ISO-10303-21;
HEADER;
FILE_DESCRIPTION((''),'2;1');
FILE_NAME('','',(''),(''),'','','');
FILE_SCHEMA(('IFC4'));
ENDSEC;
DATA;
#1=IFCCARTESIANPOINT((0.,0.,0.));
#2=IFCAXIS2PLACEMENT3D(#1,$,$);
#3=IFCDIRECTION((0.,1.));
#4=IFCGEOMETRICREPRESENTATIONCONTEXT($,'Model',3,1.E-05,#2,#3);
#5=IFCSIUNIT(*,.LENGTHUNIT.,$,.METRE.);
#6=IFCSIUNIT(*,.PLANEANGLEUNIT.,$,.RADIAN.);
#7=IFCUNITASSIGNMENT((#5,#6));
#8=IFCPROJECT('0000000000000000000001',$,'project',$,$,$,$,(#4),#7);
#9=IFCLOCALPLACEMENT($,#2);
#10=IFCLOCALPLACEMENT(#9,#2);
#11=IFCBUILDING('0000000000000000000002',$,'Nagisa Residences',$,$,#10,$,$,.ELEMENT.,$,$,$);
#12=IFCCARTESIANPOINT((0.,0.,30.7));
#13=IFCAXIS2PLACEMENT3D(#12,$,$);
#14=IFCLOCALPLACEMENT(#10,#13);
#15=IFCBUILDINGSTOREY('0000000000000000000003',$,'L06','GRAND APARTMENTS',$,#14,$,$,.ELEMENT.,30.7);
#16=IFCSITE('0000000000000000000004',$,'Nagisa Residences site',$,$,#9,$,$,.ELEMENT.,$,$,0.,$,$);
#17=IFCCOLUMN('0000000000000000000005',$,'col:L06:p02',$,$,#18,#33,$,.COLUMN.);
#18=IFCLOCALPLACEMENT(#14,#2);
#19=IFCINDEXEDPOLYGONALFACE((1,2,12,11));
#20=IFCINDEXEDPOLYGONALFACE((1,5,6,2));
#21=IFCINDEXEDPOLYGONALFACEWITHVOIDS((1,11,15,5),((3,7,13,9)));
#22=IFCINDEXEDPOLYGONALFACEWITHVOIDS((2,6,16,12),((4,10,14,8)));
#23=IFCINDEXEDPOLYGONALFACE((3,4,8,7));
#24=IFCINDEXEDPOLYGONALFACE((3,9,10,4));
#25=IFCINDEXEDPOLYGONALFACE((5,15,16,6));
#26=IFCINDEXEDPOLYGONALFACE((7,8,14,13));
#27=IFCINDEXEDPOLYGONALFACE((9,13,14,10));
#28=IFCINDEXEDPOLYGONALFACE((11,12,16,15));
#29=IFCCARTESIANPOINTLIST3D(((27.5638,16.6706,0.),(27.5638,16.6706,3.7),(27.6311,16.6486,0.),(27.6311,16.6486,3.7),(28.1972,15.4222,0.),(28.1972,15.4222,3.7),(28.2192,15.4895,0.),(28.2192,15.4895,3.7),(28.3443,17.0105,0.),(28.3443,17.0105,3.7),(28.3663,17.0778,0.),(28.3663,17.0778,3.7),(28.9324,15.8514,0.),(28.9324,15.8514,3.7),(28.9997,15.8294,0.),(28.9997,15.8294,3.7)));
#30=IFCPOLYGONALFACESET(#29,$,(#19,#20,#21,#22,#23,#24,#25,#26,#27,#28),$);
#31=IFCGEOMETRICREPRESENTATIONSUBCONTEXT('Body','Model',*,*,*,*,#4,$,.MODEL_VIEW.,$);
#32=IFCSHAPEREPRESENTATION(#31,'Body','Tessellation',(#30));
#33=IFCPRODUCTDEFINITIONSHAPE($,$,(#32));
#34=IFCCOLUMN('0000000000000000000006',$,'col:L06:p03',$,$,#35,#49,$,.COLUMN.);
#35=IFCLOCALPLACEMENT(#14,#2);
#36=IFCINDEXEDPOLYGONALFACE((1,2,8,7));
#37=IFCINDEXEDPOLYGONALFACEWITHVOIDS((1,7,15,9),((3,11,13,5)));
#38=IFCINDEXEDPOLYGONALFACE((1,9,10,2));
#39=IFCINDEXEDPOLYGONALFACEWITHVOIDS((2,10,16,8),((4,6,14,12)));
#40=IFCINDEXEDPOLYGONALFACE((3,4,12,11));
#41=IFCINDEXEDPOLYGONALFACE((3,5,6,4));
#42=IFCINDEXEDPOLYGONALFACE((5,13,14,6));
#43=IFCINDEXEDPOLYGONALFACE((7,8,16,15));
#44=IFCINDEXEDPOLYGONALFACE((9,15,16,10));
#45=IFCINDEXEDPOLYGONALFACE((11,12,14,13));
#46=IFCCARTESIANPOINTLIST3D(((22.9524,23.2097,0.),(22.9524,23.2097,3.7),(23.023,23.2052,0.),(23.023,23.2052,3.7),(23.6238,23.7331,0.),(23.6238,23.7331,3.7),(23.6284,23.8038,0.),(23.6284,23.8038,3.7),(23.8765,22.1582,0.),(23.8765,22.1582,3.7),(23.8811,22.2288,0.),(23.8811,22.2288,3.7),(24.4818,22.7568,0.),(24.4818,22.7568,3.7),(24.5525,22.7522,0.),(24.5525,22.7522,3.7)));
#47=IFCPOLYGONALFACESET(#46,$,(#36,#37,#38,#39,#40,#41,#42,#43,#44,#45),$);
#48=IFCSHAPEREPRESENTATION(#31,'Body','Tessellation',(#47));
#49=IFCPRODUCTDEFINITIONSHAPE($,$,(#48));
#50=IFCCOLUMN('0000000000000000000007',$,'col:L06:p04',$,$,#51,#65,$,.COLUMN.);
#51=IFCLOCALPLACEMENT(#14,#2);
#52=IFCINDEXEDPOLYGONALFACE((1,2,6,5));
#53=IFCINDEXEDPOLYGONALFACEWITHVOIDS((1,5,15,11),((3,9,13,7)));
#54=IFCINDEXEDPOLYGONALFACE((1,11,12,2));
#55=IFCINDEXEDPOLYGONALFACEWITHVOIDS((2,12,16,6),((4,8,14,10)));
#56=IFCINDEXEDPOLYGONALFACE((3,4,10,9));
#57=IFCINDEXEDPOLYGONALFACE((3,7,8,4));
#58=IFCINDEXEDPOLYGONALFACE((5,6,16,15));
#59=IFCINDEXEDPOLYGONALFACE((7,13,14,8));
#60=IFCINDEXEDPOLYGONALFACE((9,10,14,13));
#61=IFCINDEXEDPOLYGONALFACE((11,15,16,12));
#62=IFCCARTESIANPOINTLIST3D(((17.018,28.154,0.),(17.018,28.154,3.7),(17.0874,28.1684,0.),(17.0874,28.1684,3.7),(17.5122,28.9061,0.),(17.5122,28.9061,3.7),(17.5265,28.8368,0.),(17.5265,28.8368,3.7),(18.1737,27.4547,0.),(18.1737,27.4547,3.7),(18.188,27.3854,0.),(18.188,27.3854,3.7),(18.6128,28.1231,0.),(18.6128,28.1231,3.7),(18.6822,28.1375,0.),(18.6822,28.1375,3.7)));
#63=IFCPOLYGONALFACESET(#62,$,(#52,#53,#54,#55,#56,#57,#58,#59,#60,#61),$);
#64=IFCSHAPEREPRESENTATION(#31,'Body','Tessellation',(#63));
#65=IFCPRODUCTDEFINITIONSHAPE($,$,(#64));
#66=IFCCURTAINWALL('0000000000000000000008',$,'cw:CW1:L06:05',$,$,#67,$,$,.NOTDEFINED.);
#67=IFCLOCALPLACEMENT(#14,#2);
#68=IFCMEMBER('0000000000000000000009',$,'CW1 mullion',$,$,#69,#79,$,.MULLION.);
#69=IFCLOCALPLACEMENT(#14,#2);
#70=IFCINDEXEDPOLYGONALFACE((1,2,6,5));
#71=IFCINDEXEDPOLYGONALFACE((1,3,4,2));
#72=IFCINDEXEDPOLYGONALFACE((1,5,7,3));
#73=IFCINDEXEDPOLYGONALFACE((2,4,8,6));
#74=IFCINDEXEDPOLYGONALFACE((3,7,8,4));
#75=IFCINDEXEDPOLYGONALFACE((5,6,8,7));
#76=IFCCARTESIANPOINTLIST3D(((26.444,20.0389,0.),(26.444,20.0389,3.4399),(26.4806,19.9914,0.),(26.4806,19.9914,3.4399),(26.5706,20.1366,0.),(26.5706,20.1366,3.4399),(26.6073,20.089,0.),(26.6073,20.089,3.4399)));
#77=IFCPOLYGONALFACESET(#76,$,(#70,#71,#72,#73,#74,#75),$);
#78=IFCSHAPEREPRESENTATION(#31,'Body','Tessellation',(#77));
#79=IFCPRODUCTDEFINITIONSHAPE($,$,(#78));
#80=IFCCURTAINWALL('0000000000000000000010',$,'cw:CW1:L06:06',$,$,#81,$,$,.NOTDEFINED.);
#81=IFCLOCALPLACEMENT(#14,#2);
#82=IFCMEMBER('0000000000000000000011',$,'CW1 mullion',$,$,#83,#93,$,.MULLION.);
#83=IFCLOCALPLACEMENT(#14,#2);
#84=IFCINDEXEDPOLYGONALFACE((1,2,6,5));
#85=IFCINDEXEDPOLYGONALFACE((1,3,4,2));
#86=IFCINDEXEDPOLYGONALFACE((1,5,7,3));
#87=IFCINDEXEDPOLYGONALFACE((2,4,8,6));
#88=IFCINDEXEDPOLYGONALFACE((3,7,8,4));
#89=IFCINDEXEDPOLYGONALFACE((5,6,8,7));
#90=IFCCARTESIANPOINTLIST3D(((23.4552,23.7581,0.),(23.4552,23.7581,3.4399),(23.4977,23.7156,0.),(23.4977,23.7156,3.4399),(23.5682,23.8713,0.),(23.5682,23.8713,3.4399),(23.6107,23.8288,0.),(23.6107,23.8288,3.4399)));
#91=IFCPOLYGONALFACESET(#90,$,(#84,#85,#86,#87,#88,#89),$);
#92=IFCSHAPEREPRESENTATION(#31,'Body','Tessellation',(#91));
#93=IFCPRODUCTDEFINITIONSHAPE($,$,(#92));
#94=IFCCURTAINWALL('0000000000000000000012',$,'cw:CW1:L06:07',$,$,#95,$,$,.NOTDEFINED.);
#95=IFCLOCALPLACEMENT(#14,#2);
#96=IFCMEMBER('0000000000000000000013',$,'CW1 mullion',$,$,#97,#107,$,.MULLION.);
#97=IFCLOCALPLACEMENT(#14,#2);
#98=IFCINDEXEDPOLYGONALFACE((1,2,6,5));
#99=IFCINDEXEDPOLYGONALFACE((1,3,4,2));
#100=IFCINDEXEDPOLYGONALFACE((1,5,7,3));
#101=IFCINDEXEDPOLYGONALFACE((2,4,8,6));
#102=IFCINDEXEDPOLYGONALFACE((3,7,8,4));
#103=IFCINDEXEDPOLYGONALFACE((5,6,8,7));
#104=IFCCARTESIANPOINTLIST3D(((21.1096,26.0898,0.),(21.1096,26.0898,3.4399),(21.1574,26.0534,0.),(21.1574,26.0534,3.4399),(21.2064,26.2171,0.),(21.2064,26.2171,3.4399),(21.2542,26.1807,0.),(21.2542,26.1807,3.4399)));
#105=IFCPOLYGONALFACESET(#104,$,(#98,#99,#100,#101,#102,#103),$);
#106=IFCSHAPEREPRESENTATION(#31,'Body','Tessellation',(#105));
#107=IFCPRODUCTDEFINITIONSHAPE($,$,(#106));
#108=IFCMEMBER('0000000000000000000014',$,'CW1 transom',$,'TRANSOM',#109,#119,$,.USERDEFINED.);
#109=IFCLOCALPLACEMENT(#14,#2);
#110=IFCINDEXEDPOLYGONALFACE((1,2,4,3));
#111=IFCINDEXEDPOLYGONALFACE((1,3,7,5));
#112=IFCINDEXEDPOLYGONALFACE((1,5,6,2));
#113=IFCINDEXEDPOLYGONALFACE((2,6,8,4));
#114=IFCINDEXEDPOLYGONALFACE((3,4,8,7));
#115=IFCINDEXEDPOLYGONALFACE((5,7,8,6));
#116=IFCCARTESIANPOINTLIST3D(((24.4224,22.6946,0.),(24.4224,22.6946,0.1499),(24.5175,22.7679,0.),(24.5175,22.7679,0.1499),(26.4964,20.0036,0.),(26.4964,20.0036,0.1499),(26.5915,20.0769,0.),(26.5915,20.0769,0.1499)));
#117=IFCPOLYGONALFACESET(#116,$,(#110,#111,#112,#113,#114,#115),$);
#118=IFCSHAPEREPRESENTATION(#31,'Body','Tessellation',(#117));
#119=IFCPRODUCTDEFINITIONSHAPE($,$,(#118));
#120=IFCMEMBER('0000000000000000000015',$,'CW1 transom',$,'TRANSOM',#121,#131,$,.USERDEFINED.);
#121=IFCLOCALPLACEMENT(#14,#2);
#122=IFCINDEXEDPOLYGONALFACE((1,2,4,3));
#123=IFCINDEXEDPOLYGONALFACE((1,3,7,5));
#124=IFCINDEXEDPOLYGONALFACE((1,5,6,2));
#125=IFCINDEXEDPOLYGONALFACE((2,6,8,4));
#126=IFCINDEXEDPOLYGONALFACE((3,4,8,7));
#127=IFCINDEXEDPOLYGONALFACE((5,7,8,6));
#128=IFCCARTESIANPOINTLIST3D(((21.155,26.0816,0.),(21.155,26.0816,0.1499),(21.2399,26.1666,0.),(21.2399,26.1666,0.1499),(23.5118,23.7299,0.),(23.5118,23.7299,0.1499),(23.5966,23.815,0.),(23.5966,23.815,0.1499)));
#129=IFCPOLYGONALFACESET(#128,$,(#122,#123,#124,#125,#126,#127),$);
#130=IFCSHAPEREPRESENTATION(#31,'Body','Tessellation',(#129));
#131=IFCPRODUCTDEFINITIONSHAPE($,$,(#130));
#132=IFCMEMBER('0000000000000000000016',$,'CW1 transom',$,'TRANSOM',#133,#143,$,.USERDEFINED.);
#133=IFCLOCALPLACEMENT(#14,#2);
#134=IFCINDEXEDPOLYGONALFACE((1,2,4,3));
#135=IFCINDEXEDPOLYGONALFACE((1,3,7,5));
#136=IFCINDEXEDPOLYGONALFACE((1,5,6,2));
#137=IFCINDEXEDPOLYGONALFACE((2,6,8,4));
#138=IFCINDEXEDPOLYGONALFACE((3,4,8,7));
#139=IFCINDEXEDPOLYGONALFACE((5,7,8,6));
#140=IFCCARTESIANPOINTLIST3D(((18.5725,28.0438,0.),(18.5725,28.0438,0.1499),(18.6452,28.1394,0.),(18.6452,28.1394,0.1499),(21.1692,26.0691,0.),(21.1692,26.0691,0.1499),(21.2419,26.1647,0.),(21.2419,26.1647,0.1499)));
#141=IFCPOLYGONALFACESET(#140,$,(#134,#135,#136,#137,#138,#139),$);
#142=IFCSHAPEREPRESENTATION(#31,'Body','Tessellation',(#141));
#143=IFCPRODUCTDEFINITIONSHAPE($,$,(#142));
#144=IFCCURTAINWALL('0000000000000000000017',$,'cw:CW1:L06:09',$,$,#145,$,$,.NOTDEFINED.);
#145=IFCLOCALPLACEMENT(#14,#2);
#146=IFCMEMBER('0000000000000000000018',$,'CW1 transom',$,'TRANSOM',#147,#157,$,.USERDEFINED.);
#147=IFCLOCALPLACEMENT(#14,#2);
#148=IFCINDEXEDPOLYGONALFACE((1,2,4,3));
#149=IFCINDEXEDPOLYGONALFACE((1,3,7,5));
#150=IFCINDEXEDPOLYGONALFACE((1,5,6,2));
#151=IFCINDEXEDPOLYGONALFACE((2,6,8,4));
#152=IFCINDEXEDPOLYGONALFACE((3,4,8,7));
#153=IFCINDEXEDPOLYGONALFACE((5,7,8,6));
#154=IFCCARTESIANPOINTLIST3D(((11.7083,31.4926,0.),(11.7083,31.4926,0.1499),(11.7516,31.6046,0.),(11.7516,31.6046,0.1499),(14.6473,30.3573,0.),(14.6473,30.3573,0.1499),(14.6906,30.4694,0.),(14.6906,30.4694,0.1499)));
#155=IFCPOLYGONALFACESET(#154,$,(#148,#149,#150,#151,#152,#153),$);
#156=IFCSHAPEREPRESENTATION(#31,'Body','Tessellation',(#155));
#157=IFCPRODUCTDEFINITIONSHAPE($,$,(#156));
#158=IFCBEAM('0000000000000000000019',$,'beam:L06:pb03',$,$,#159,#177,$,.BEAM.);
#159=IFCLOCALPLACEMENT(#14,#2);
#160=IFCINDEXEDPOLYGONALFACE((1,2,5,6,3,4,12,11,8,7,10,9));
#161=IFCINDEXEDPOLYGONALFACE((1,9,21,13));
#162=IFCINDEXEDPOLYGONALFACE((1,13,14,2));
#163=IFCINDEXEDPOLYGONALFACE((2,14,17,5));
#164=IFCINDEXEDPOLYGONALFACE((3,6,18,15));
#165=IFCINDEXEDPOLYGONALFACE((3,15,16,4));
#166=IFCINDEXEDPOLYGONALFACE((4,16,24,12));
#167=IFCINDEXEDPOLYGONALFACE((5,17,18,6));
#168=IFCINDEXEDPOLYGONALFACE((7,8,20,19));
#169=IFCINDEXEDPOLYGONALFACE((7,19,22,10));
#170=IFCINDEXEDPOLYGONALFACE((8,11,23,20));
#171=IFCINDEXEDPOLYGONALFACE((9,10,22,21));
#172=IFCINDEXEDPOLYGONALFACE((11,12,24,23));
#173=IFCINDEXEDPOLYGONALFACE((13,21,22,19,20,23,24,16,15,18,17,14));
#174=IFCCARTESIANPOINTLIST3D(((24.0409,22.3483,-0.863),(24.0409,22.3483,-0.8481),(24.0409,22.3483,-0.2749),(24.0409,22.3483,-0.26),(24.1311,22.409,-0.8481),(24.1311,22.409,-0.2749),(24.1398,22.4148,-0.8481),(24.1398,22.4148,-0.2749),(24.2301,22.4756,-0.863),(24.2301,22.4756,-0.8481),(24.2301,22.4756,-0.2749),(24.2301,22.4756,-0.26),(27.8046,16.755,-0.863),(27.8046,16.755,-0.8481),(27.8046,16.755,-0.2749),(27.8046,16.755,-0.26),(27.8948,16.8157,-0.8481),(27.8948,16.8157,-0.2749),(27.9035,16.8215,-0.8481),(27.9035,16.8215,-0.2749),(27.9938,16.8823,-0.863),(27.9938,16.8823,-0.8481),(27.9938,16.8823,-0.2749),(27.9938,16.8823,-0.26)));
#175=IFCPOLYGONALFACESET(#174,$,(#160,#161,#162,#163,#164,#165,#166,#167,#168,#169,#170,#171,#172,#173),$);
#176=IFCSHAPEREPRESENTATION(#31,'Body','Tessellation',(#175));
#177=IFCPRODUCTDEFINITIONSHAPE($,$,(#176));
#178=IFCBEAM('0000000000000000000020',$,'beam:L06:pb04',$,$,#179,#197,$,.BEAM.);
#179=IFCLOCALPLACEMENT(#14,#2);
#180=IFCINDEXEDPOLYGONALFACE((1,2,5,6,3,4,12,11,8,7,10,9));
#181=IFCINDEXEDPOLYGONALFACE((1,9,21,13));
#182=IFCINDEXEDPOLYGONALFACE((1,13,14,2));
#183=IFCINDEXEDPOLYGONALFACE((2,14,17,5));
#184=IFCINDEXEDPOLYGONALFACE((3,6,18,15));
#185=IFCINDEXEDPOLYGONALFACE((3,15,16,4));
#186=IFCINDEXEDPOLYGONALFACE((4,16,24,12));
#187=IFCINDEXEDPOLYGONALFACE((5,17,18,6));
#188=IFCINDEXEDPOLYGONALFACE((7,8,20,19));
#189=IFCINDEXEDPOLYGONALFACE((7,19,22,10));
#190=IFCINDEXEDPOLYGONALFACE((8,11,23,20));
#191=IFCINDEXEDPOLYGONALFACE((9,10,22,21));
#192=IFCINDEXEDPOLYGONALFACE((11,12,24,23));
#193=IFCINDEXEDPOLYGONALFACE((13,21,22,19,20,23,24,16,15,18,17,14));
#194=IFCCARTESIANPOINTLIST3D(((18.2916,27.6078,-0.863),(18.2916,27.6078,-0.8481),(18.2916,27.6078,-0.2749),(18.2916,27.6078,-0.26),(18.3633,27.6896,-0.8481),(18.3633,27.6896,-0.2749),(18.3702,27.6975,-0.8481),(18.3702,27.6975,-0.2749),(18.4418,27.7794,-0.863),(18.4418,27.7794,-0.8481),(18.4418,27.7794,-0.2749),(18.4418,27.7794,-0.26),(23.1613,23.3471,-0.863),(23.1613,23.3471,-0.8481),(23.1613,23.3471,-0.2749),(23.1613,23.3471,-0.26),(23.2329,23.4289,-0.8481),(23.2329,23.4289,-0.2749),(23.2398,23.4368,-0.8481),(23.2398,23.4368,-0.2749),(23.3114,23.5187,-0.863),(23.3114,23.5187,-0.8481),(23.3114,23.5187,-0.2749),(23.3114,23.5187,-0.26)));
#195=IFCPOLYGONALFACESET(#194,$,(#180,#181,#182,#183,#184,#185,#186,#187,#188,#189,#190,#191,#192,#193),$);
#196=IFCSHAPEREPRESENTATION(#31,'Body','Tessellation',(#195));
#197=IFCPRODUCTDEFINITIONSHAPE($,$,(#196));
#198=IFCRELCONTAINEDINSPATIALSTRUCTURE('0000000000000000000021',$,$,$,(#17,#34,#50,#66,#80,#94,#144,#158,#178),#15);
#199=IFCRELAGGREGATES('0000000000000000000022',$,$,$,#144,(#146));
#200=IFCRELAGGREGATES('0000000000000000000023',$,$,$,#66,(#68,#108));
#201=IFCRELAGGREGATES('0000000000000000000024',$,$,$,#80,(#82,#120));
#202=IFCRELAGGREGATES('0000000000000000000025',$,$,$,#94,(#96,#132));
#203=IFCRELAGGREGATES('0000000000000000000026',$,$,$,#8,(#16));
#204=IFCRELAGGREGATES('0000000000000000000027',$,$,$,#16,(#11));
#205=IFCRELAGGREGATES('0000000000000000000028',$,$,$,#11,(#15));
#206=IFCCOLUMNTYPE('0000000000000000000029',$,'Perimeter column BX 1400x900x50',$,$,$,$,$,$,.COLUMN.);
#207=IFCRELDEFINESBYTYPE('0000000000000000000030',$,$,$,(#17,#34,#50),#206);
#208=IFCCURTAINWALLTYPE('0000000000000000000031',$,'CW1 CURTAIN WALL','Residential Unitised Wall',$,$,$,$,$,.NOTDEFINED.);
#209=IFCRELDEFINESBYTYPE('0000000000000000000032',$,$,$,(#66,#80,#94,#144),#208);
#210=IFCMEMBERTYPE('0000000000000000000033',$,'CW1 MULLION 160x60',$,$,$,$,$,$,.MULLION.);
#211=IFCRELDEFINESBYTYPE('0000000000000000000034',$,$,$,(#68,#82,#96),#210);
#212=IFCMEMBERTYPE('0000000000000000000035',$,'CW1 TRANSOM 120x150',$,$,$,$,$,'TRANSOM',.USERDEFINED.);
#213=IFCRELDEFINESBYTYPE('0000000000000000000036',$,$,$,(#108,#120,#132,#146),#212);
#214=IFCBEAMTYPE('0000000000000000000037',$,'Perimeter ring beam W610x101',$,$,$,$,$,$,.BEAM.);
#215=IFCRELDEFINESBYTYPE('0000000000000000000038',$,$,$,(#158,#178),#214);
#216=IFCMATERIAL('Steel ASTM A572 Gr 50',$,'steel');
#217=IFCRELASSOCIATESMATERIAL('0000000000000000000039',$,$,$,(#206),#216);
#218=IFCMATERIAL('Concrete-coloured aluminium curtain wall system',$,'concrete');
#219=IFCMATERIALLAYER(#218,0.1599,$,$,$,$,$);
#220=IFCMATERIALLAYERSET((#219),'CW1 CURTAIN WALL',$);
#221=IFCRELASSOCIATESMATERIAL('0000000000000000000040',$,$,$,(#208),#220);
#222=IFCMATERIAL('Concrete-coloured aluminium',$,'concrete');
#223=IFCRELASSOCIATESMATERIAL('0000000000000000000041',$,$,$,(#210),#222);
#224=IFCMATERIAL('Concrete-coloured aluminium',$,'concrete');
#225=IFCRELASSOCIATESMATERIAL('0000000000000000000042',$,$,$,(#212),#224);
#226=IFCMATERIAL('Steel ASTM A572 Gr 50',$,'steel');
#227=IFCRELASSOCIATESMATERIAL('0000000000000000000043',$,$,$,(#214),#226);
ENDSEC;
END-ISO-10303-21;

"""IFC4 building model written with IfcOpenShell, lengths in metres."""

from ifc_helpers import new_model, si_unit, direction, frame, origin, origin_2d, place, context, subcontext, project, spatial, rectangle, hollow_rectangle, i_section, extrude, material, layer, layer_set, material_profile, profile_set, type_object, element, aggregate, save


model = new_model("IFC4")

# Units and contexts
model_context = context("Model", 3, precision=1e-05, world=origin(), true_north=direction((0.0, 1.0)))
body_context = subcontext(model_context, "Body", "Model", "MODEL_VIEW")
ifc_project = project(units=[si_unit("LENGTHUNIT", "METRE"), si_unit("PLANEANGLEUNIT", "RADIAN")], contexts=[model_context])

# Site, building, storey
site_placement = place(None, origin())
site = spatial("IfcSite", under=ifc_project, at=site_placement, Name="Nagisa Residences site", CompositionType="ELEMENT", RefElevation=0.0)
building_placement = place(site_placement, origin())
building = spatial("IfcBuilding", under=site, at=building_placement, Name="Nagisa Residences", CompositionType="ELEMENT")
storey_placement = place(building_placement, frame((0.0, 0.0, 30.7)))
storey = spatial("IfcBuildingStorey", under=building, at=storey_placement, Name="L06", Description="GRAND APARTMENTS", CompositionType="ELEMENT", Elevation=30.7)

# Columns
ifc_material_1 = material(Name="Steel ASTM A572 Gr 50", Category="steel")
ifc_material_profile_1 = material_profile(ifc_material_1, hollow_rectangle(XDim=1.3999, YDim=0.8999, WallThickness=0.05, at=origin_2d()), Name="BX 1400x900x50")
ifc_profile_set_1 = profile_set([ifc_material_profile_1], Name="Steel ASTM A572 Gr 50")
column_type = type_object("IfcColumnType", Name="Perimeter column BX 1400x900x50", PredefinedType="COLUMN", material=ifc_profile_set_1)
for number, where, z_axis, x_axis, name in (
    (1, (28.2817, 16.25, 0.0), (0.0, 0.0, 1.0), (-0.452463, 0.891783, 0.0), "col:L06:p02"),
    (2, (23.7524, 22.981, 0.0), (0.0, 0.0, 1.0), (-0.660115, 0.751165, 0.0), "col:L06:p03"),
    (3, (17.8501, 28.1458, 0.0), (0.0, 0.0, 1.0), (-0.835766, 0.549086, 0.0), "col:L06:p04"),
):
    element("IfcColumn", number, at=place(storey_placement, frame(where, z_axis=z_axis, x_axis=x_axis)), inside=storey, type_object=column_type, Name=name, PredefinedType="COLUMN", context=body_context, shape_type="SweptSolid", body=[
        extrude(hollow_rectangle(XDim=1.3999, YDim=0.8999, WallThickness=0.05, at=origin_2d()), origin(), (0.0, 0.0, 1.0), 3.7),
    ])

# Curtain walls, members
ifc_material_2 = material(Name="Concrete-coloured aluminium curtain wall system", Category="concrete")
ifc_layer_1 = layer(ifc_material_2, 0.1599)
ifc_layer_set_1 = layer_set([ifc_layer_1], Name="CW1 CURTAIN WALL")
curtain_wall_type = type_object("IfcCurtainWallType", Name="CW1 CURTAIN WALL", Description="Residential Unitised Wall", PredefinedType="NOTDEFINED", material=ifc_layer_set_1)
curtain_wall_1_placement = place(storey_placement, origin())
curtain_wall_1 = element("IfcCurtainWall", 4, at=curtain_wall_1_placement, inside=storey, type_object=curtain_wall_type, Name="cw:CW1:L06:05", PredefinedType="NOTDEFINED")
ifc_material_3 = material(Name="Concrete-coloured aluminium", Category="concrete")
ifc_material_profile_2 = material_profile(ifc_material_3, rectangle(XDim=0.1599, YDim=0.0601, at=origin_2d()), Name="CW1 MULLION 160x60")
ifc_profile_set_2 = profile_set([ifc_material_profile_2], Name="Concrete-coloured aluminium")
member_type_1 = type_object("IfcMemberType", Name="CW1 MULLION 160x60", PredefinedType="MULLION", material=ifc_profile_set_2)
member_1_placement = place(storey_placement, frame((26.5256, 20.064, 0.0), z_axis=(0.0, 0.0, 1.0), x_axis=(-0.79207, -0.61043, 0.0)))
member_1 = element("IfcMember", 5, at=member_1_placement, type_object=member_type_1, Name="CW1 mullion", PredefinedType="MULLION", context=body_context, shape_type="SweptSolid", body=[
    extrude(rectangle(XDim=0.1599, YDim=0.0601, at=origin_2d()), origin(), (0.0, 0.0, 1.0), 3.4399),
])
curtain_wall_2_placement = place(storey_placement, origin())
curtain_wall_2 = element("IfcCurtainWall", 6, at=curtain_wall_2_placement, inside=storey, type_object=curtain_wall_type, Name="cw:CW1:L06:06", PredefinedType="NOTDEFINED")
member_2_placement = place(storey_placement, frame((23.533, 23.7935, 0.0), z_axis=(0.0, 0.0, 1.0), x_axis=(-0.706377, -0.707836, 0.0)))
member_2 = element("IfcMember", 7, at=member_2_placement, type_object=member_type_1, Name="CW1 mullion", PredefinedType="MULLION", context=body_context, shape_type="SweptSolid", body=[
    extrude(rectangle(XDim=0.1599, YDim=0.0601, at=origin_2d()), origin(), (0.0, 0.0, 1.0), 3.4399),
])
curtain_wall_3_placement = place(storey_placement, origin())
curtain_wall_3 = element("IfcCurtainWall", 8, at=curtain_wall_3_placement, inside=storey, type_object=curtain_wall_type, Name="cw:CW1:L06:07", PredefinedType="NOTDEFINED")
member_3_placement = place(storey_placement, frame((21.1819, 26.1353, 0.0), z_axis=(0.0, 0.0, 1.0), x_axis=(-0.605255, -0.796031, 0.0)))
member_3 = element("IfcMember", 9, at=member_3_placement, type_object=member_type_1, Name="CW1 mullion", PredefinedType="MULLION", context=body_context, shape_type="SweptSolid", body=[
    extrude(rectangle(XDim=0.1599, YDim=0.0601, at=origin_2d()), origin(), (0.0, 0.0, 1.0), 3.4399),
])

# Members
ifc_material_4 = material(Name="Concrete-coloured aluminium", Category="concrete")
ifc_material_profile_3 = material_profile(ifc_material_4, rectangle(XDim=0.1201, YDim=0.1499, at=origin_2d()), Name="CW1 TRANSOM 120x150")
ifc_profile_set_3 = profile_set([ifc_material_profile_3], Name="Concrete-coloured aluminium")
member_type_2 = type_object("IfcMemberType", Name="CW1 TRANSOM 120x150", ElementType="TRANSOM", PredefinedType="USERDEFINED", material=ifc_profile_set_3)
member_4_placement = place(storey_placement, frame((26.5439, 20.0403, 0.075), z_axis=(-0.610457, 0.792049, 0.0), x_axis=(-0.792049, -0.610457, 0.0)))
member_4 = element("IfcMember", 10, at=member_4_placement, type_object=member_type_2, Name="CW1 transom", ObjectType="TRANSOM", PredefinedType="USERDEFINED", context=body_context, shape_type="SweptSolid", body=[
    extrude(rectangle(XDim=0.1201, YDim=0.1499, at=origin_2d()), origin(), (0.0, 0.0, 1.0), 3.3975),
])
member_5_placement = place(storey_placement, frame((23.5542, 23.7725, 0.075), z_axis=(-0.707876, 0.706336, 0.0), x_axis=(-0.706336, -0.707876, 0.0)))
member_5 = element("IfcMember", 11, at=member_5_placement, type_object=member_type_2, Name="CW1 transom", ObjectType="TRANSOM", PredefinedType="USERDEFINED", context=body_context, shape_type="SweptSolid", body=[
    extrude(rectangle(XDim=0.1201, YDim=0.1499, at=origin_2d()), origin(), (0.0, 0.0, 1.0), 3.3293),
])
member_6_placement = place(storey_placement, frame((21.2056, 26.1169, 0.075), z_axis=(-0.795995, 0.605303, 0.0), x_axis=(-0.605303, -0.795995, 0.0)))
member_6 = element("IfcMember", 12, at=member_6_placement, type_object=member_type_2, Name="CW1 transom", ObjectType="TRANSOM", PredefinedType="USERDEFINED", context=body_context, shape_type="SweptSolid", body=[
    extrude(rectangle(XDim=0.1201, YDim=0.1499, at=origin_2d()), origin(), (0.0, 0.0, 1.0), 3.2622),
])

# Curtain wall, member
curtain_wall_4_placement = place(storey_placement, origin())
curtain_wall_4 = element("IfcCurtainWall", 13, at=curtain_wall_4_placement, inside=storey, type_object=curtain_wall_type, Name="cw:CW1:L06:09", PredefinedType="NOTDEFINED")
member_7_placement = place(storey_placement, frame((14.6689, 30.4133, 0.075), z_axis=(-0.932825, 0.360329, 0.0), x_axis=(-0.360329, -0.932825, 0.0)))
member_7 = element("IfcMember", 14, at=member_7_placement, type_object=member_type_2, Name="CW1 transom", ObjectType="TRANSOM", PredefinedType="USERDEFINED", context=body_context, shape_type="SweptSolid", body=[
    extrude(rectangle(XDim=0.1201, YDim=0.1499, at=origin_2d()), origin(), (0.0, 0.0, 1.0), 3.1506),
])
aggregate(curtain_wall_4, [member_7])

# Beams
ifc_material_5 = material(Name="Steel ASTM A572 Gr 50", Category="steel")
ifc_material_profile_4 = material_profile(ifc_material_5, i_section(OverallWidth=0.228, OverallDepth=0.603, WebThickness=0.0105, FlangeThickness=0.0149, at=origin_2d()), Name="W610x101")
ifc_profile_set_4 = profile_set([ifc_material_profile_4], Name="Steel ASTM A572 Gr 50")
beam_type_1 = type_object("IfcBeamType", Name="Perimeter ring beam W610x101", PredefinedType="BEAM", material=ifc_profile_set_4)
beam_1_placement = place(storey_placement, frame((27.8992, 16.8186, -0.5615), z_axis=(-0.558272, 0.829658, 0.0), x_axis=(-0.829658, -0.558272, 0.0)))
element("IfcBeam", 15, at=beam_1_placement, inside=storey, type_object=beam_type_1, Name="beam:L06:pb03", PredefinedType="BEAM", context=body_context, shape_type="SweptSolid", body=[
    extrude(i_section(OverallWidth=0.228, OverallDepth=0.603, WebThickness=0.0105, FlangeThickness=0.0149, at=origin_2d()), origin(), (0.0, 0.0, 1.0), 6.7417),
])
beam_2_placement = place(storey_placement, frame((23.2363, 23.4329, -0.5615), z_axis=(-0.752591, 0.658489, 0.0), x_axis=(-0.658489, -0.752591, 0.0)))
element("IfcBeam", 16, at=beam_2_placement, inside=storey, type_object=beam_type_1, Name="beam:L06:pb04", PredefinedType="BEAM", context=body_context, shape_type="SweptSolid", body=[
    extrude(i_section(OverallWidth=0.228, OverallDepth=0.603, WebThickness=0.0105, FlangeThickness=0.0149, at=origin_2d()), origin(), (0.0, 0.0, 1.0), 6.4705),
])

aggregate(curtain_wall_1, [member_1, member_4])
aggregate(curtain_wall_2, [member_2, member_5])
aggregate(curtain_wall_3, [member_3, member_6])

save(model, "model.ifc")
